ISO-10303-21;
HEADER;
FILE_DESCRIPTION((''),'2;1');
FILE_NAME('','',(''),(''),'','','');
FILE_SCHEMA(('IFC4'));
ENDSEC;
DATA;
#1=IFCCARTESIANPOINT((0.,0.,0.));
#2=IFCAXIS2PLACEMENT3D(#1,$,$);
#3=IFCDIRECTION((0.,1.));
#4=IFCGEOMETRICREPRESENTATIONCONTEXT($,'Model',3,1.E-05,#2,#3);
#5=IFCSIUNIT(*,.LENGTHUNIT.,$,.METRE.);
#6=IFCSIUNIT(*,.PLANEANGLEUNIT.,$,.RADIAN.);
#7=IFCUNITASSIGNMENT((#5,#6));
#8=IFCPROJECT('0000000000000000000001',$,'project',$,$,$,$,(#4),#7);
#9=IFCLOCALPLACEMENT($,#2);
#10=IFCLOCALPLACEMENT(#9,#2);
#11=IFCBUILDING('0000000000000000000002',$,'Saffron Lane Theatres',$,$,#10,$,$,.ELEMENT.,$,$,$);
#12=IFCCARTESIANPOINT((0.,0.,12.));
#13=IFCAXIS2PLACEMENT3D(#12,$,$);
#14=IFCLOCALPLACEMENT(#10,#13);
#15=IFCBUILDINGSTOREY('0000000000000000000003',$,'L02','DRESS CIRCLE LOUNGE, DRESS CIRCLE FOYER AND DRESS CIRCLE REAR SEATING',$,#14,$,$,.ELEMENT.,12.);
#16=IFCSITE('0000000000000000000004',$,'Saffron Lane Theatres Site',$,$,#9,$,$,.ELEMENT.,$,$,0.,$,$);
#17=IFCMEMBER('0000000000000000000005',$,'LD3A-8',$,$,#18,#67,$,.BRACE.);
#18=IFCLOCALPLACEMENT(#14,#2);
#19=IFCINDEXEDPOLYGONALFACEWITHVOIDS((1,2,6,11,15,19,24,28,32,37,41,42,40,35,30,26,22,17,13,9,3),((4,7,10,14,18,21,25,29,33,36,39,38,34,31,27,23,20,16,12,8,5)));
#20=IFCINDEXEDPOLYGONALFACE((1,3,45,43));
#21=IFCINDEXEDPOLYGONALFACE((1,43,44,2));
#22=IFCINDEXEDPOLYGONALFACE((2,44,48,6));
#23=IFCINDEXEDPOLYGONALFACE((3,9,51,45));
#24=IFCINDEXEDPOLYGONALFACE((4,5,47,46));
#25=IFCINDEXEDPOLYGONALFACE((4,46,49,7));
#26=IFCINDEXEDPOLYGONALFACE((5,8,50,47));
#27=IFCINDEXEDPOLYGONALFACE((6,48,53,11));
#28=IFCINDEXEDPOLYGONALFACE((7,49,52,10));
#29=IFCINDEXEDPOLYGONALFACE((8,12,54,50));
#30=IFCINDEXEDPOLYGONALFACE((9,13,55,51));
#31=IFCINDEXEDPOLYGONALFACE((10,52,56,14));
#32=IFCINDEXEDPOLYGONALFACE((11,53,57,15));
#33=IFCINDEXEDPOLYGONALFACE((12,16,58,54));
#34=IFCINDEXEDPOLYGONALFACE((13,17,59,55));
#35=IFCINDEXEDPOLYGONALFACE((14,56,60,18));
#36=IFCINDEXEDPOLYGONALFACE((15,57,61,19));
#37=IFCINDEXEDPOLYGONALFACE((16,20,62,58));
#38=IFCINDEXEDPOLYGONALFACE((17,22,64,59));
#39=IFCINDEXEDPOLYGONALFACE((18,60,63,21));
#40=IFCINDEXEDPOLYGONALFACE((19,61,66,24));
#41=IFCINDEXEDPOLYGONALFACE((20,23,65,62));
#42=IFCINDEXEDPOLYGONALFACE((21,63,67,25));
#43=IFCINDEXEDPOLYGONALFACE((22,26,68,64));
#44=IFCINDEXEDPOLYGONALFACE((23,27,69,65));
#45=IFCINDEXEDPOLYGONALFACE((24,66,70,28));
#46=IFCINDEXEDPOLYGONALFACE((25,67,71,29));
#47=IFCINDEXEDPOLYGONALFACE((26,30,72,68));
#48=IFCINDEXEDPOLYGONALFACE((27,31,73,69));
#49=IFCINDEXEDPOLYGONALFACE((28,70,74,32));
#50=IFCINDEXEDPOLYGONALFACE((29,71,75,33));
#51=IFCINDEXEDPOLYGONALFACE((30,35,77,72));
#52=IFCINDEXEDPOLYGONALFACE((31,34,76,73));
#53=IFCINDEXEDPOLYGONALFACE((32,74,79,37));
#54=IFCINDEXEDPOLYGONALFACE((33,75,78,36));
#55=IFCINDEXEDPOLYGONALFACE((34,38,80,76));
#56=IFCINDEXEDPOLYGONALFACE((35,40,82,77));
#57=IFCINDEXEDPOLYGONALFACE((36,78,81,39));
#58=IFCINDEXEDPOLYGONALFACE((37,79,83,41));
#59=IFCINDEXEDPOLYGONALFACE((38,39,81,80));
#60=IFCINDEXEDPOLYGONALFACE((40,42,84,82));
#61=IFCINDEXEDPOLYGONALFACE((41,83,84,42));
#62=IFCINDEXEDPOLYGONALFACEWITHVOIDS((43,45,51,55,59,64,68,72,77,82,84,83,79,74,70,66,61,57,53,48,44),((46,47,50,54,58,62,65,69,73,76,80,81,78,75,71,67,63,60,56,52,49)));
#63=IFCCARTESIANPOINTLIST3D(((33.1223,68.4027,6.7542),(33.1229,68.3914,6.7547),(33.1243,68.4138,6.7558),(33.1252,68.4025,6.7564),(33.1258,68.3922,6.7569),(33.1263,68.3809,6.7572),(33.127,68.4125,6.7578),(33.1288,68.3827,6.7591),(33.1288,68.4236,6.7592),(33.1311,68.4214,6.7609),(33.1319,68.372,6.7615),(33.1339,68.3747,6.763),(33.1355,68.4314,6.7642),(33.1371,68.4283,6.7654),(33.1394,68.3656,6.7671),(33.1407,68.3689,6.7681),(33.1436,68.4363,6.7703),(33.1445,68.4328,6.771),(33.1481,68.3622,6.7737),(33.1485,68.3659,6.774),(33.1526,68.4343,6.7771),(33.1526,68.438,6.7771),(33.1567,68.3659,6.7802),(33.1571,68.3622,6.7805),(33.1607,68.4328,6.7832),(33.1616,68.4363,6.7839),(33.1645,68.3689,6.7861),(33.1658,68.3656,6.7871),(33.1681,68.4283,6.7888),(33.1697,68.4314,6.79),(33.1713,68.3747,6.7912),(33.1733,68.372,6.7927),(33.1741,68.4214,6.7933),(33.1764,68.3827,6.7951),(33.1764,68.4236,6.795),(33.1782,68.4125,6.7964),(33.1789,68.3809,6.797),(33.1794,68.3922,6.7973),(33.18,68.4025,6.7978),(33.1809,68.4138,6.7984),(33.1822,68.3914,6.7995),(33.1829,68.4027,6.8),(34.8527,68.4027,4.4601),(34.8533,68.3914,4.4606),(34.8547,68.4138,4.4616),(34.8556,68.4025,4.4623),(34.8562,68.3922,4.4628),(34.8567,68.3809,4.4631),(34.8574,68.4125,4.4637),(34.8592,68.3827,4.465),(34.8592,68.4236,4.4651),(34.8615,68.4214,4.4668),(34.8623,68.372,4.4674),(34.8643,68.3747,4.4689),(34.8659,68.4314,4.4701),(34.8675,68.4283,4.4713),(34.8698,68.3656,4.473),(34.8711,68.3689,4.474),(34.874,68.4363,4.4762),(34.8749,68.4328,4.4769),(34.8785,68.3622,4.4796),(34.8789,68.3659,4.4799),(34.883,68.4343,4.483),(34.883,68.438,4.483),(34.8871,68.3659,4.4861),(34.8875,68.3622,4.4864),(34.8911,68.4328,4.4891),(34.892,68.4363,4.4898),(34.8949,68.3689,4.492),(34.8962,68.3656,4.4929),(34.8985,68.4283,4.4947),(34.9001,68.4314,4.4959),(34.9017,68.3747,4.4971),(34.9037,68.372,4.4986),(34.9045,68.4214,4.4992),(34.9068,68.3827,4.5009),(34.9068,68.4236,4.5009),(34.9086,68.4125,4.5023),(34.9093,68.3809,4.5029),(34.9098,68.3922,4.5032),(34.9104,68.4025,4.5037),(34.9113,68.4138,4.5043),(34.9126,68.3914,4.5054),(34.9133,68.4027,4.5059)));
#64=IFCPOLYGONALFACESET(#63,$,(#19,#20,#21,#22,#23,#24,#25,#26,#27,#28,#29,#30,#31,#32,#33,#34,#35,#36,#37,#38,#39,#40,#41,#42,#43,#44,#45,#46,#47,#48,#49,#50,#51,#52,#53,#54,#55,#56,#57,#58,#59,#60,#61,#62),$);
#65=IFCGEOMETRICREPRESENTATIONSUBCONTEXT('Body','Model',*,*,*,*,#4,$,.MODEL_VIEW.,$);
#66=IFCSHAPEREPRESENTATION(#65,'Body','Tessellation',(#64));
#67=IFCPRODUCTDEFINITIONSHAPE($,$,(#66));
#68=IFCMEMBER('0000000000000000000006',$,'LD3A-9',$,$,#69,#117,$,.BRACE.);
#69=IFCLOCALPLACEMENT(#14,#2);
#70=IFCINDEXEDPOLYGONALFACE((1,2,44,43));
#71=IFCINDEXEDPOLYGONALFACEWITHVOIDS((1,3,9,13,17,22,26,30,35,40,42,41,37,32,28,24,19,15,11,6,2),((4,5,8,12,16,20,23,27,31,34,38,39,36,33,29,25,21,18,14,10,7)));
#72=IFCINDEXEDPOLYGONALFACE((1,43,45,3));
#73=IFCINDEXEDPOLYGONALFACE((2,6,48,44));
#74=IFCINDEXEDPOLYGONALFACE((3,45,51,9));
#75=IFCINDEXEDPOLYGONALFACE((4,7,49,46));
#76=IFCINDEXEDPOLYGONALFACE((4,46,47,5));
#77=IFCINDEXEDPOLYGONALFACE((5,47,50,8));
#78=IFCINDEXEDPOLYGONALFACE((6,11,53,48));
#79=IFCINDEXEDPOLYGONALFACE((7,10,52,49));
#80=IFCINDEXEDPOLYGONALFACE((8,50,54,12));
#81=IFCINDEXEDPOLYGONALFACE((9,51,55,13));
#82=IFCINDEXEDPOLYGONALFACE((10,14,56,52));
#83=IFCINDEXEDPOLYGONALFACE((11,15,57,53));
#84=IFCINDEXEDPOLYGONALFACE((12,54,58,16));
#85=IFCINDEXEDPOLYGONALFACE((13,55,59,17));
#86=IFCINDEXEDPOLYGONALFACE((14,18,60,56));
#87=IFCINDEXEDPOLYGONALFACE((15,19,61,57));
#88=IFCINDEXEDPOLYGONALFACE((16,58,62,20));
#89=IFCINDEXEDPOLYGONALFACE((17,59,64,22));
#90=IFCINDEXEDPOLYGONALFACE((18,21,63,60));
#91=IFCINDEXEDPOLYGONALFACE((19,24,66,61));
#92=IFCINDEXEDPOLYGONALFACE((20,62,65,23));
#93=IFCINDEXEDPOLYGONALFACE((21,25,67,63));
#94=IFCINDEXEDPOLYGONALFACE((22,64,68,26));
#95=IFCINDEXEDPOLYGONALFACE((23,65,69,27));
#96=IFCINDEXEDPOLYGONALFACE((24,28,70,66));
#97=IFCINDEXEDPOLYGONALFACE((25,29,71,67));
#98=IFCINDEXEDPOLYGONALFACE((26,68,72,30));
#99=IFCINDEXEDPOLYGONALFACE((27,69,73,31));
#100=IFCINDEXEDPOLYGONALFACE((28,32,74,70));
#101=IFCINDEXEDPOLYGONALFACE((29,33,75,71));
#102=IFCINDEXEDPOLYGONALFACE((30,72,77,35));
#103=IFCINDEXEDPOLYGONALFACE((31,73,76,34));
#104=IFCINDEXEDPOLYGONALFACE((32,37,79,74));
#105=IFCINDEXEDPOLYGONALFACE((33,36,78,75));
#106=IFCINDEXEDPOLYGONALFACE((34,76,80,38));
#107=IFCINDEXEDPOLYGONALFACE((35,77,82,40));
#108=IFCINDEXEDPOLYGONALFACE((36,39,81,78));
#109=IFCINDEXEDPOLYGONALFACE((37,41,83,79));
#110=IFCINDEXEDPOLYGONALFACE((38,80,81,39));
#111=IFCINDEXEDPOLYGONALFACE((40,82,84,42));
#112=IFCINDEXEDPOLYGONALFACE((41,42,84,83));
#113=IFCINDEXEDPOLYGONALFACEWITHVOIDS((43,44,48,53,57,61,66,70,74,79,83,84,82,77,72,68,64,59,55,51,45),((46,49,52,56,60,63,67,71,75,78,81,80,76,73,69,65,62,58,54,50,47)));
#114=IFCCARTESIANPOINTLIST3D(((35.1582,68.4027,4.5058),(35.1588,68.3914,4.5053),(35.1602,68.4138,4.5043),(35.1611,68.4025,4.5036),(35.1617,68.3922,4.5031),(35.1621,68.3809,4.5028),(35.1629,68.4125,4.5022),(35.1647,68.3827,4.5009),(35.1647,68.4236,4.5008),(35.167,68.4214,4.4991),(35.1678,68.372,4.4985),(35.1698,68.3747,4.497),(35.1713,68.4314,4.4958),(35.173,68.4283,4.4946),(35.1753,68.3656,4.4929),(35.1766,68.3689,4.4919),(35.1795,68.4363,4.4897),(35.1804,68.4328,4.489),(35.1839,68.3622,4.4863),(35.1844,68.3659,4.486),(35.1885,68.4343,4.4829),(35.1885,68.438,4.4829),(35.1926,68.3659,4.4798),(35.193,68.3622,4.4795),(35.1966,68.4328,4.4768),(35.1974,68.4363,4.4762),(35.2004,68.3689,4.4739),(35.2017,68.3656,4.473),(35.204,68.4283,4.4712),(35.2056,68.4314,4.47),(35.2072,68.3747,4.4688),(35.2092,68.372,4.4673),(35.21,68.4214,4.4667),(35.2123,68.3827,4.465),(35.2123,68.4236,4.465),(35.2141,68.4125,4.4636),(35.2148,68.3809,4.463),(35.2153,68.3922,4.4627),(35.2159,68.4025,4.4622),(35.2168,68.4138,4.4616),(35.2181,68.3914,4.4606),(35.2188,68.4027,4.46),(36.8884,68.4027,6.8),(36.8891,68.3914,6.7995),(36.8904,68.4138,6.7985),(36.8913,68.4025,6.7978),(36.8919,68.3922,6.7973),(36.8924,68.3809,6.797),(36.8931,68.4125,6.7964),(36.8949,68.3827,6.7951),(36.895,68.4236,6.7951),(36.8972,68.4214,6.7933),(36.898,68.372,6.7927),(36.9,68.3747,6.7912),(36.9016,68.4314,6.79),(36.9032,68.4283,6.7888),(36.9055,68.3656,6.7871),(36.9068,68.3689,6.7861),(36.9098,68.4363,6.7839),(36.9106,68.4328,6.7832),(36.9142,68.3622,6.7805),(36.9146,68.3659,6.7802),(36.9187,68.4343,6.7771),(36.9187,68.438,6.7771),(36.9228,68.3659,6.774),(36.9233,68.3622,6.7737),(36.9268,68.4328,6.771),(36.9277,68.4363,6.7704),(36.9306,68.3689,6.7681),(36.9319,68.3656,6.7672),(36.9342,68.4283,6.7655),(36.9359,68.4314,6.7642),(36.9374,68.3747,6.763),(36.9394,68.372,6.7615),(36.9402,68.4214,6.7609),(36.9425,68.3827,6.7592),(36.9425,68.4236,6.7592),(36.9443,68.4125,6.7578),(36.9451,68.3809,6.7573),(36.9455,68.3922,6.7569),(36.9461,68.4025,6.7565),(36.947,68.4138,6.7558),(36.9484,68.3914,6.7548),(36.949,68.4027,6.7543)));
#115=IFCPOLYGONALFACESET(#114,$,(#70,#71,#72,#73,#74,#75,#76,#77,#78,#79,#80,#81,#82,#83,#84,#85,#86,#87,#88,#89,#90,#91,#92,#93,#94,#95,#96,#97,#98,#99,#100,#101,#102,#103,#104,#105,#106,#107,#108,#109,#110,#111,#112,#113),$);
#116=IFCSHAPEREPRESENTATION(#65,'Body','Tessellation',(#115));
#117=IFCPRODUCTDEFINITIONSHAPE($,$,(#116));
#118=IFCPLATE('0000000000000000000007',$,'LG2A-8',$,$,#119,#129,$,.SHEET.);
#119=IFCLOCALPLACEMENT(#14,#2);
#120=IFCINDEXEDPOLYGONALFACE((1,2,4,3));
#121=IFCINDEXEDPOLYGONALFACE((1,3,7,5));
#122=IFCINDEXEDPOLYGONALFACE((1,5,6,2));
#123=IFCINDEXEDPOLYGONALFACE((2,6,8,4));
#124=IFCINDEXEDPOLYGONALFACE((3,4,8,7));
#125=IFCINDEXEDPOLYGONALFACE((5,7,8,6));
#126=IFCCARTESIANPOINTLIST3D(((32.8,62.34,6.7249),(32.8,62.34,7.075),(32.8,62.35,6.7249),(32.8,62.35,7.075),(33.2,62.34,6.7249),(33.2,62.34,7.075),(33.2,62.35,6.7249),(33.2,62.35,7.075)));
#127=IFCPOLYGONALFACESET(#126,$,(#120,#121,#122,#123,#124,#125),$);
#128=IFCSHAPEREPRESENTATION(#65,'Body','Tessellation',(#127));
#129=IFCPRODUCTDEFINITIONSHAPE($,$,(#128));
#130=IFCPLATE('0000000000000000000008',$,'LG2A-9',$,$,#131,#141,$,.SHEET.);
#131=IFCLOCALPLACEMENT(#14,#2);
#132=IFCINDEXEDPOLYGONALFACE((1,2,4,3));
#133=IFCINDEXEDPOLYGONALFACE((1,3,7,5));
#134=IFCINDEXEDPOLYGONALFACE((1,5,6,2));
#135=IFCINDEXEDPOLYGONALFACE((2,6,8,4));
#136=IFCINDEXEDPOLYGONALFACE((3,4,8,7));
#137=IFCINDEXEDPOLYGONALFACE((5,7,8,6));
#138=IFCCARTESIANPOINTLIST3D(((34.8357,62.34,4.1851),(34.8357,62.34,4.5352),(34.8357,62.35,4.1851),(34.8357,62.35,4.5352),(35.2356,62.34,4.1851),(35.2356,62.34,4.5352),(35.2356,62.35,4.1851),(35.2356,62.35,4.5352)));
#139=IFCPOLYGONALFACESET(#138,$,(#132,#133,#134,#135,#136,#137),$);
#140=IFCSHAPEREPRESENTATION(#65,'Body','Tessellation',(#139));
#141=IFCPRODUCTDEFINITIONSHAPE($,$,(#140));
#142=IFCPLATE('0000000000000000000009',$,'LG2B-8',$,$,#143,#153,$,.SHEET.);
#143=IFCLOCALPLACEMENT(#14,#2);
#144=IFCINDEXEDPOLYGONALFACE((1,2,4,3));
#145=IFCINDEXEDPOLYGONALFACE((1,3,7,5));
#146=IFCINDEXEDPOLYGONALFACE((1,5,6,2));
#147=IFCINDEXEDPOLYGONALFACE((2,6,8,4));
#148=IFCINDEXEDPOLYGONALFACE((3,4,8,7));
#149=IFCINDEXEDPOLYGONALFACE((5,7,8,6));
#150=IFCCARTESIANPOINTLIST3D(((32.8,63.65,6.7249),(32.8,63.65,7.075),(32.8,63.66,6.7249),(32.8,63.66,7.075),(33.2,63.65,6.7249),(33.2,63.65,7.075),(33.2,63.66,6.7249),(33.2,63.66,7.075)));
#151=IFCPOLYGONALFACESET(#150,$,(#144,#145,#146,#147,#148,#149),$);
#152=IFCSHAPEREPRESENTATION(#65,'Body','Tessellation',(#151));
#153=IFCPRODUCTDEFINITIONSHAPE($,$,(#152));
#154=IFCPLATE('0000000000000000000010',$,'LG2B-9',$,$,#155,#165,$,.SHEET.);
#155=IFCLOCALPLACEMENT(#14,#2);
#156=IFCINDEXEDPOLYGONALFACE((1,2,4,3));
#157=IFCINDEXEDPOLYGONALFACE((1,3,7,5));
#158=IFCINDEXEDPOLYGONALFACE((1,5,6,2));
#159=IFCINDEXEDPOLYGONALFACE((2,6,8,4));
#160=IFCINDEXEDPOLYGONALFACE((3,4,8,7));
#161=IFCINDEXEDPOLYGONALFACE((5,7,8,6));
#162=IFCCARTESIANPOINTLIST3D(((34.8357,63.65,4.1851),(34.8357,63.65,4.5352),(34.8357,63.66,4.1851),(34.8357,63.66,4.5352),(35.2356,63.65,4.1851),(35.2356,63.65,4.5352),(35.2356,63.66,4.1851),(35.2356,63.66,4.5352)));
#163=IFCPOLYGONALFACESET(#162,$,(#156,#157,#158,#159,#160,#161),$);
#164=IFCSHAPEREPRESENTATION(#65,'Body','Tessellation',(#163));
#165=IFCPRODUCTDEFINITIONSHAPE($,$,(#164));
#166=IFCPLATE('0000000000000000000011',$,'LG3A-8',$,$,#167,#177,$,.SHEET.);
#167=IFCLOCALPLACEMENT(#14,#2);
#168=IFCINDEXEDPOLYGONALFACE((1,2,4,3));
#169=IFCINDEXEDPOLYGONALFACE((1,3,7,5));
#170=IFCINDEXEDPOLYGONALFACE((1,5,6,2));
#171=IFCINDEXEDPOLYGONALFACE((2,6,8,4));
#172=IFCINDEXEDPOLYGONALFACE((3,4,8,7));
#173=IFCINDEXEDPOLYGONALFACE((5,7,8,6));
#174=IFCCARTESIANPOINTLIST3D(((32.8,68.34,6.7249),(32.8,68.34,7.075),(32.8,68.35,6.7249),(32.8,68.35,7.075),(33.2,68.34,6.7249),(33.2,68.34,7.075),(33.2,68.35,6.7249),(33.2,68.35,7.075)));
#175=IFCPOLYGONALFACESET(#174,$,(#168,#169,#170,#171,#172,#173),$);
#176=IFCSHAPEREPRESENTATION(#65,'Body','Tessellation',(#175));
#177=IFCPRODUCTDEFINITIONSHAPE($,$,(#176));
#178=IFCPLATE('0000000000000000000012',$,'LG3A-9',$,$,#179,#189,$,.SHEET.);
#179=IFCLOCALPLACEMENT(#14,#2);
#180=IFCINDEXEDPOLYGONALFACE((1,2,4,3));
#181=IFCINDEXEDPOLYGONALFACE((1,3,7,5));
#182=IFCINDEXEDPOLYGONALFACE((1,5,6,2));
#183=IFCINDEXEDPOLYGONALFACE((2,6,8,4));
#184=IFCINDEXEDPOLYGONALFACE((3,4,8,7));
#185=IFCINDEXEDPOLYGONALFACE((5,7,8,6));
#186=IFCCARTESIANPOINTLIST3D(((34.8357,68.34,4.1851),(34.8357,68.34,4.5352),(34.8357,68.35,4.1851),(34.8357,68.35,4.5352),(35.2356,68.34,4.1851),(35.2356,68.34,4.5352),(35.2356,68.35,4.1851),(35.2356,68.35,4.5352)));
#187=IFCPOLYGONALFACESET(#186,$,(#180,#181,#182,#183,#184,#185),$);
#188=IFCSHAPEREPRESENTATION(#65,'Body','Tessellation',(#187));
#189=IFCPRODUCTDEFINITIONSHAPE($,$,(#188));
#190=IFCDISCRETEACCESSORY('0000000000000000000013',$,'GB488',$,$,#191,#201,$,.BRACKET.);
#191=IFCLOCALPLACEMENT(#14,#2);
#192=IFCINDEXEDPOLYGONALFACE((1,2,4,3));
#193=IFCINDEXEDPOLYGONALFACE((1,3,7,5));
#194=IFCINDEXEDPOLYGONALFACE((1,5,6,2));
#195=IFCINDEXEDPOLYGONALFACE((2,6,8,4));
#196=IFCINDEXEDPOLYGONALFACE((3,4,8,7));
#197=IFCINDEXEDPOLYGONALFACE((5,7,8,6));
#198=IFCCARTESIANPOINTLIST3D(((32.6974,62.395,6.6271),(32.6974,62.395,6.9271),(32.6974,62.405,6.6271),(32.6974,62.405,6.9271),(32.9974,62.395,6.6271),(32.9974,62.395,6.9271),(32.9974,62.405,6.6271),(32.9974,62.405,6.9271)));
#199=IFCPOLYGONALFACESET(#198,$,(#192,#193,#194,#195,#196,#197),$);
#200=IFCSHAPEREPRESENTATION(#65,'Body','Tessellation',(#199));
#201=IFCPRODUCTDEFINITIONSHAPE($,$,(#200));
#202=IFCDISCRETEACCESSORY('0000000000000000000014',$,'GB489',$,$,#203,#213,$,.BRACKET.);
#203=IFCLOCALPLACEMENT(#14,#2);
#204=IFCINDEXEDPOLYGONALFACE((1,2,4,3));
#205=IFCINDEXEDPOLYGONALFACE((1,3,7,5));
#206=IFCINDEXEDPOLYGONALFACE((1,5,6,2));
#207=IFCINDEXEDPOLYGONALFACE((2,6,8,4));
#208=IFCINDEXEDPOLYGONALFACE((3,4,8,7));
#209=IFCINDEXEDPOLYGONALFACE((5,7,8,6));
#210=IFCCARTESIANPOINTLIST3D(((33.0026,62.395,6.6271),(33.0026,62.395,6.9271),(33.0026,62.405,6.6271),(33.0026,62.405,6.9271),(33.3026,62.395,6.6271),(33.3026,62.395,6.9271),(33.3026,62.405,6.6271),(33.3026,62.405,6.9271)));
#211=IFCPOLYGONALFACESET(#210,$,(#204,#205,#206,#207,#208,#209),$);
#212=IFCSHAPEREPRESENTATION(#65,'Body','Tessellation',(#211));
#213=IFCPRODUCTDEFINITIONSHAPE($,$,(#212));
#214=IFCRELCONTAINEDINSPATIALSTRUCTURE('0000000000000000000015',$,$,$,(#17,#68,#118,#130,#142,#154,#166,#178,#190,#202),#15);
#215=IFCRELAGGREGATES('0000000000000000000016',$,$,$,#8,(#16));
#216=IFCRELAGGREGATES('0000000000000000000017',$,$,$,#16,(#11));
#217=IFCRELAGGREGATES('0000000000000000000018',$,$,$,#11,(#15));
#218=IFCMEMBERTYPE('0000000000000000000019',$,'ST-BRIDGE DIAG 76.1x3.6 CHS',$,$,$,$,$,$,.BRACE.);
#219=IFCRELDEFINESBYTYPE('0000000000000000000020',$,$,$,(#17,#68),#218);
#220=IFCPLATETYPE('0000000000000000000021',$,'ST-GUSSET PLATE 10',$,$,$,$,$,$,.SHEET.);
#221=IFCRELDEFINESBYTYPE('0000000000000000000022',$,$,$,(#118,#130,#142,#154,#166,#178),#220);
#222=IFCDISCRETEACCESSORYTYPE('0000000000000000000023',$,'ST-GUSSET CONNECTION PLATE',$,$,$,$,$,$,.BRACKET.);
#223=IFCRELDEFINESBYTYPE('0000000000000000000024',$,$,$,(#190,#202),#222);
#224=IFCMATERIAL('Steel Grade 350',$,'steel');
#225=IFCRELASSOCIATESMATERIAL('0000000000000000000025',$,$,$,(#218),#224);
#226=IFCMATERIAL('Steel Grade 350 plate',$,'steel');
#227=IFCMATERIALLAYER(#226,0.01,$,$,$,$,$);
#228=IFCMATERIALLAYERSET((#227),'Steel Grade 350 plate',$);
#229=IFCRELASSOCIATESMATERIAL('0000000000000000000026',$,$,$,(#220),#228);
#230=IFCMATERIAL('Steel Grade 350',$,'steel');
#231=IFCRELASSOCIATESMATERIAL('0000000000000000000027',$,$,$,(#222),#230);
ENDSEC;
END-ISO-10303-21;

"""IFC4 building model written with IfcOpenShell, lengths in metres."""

from ifc_helpers import new_model, si_unit, direction, frame, origin, origin_2d, place, context, subcontext, project, spatial, rectangle, hollow_circle, extrude, material, layer, layer_set, material_profile, profile_set, type_object, element, save


model = new_model("IFC4")

# Units and contexts
model_context = context("Model", 3, precision=1e-05, world=origin(), true_north=direction((0.0, 1.0)))
body_context = subcontext(model_context, "Body", "Model", "MODEL_VIEW")
ifc_project = project(units=[si_unit("LENGTHUNIT", "METRE"), si_unit("PLANEANGLEUNIT", "RADIAN")], contexts=[model_context])

# Site, building, storey
site_placement = place(None, origin())
site = spatial("IfcSite", under=ifc_project, at=site_placement, Name="Saffron Lane Theatres Site", CompositionType="ELEMENT", RefElevation=0.0)
building_placement = place(site_placement, origin())
building = spatial("IfcBuilding", under=site, at=building_placement, Name="Saffron Lane Theatres", CompositionType="ELEMENT")
storey_placement = place(building_placement, frame((0.0, 0.0, 12.0)))
storey = spatial("IfcBuildingStorey", under=building, at=storey_placement, Name="L02", Description="DRESS CIRCLE LOUNGE, DRESS CIRCLE FOYER AND DRESS CIRCLE REAR SEATING", CompositionType="ELEMENT", Elevation=12.0)

# Members
ifc_material_1 = material(Name="Steel Grade 350", Category="steel")
ifc_material_profile_1 = material_profile(ifc_material_1, hollow_circle(Radius=0.0381, WallThickness=0.0037, at=origin_2d()))
ifc_profile_set_1 = profile_set([ifc_material_profile_1], Name="Steel Grade 350")
member_type = type_object("IfcMemberType", Name="ST-BRIDGE DIAG 76.1x3.6 CHS", PredefinedType="BRACE", material=ifc_profile_set_1)
for number, where, z_axis, x_axis, name in (
    (1, (33.1526, 68.3999, 6.7771), (0.602186, 0.0, -0.798356), (0.0, 1.0, 0.0), "LD3A-8"),
    (2, (35.1885, 68.3999, 4.4829), (0.602132, 0.0, 0.798396), (0.0, 1.0, 0.0), "LD3A-9"),
):
    element("IfcMember", number, at=place(storey_placement, frame(where, z_axis=z_axis, x_axis=x_axis)), inside=storey, type_object=member_type, Name=name, PredefinedType="BRACE", context=body_context, shape_type="SweptSolid", body=[
        extrude(hollow_circle(Radius=0.0381, WallThickness=0.0037, at=origin_2d()), origin(), (0.0, 0.0, 1.0), 2.8735),
    ])

# Plates
ifc_material_2 = material(Name="Steel Grade 350 plate", Category="steel")
ifc_layer = layer(ifc_material_2, 0.01)
ifc_layer_set = layer_set([ifc_layer], Name="Steel Grade 350 plate")
plate_type = type_object("IfcPlateType", Name="ST-GUSSET PLATE 10", PredefinedType="SHEET", material=ifc_layer_set)
for number, where, z_axis, x_axis, name in (
    (3, (33.0, 62.345, 6.7249), (0.0, 0.0, 1.0), (1.0, 0.0, 0.0), "LG2A-8"),
    (4, (35.0356, 62.345, 4.1851), (0.0, 0.0, 1.0), (1.0, 0.0, 0.0), "LG2A-9"),
    (5, (33.0, 63.655, 6.7249), (0.0, 0.0, 1.0), (1.0, 0.0, 0.0), "LG2B-8"),
    (6, (35.0356, 63.655, 4.1851), (0.0, 0.0, 1.0), (1.0, 0.0, 0.0), "LG2B-9"),
    (7, (33.0, 68.345, 6.7249), (0.0, 0.0, 1.0), (1.0, 0.0, 0.0), "LG3A-8"),
    (8, (35.0356, 68.345, 4.1851), (0.0, 0.0, 1.0), (1.0, 0.0, 0.0), "LG3A-9"),
):
    element("IfcPlate", number, at=place(storey_placement, frame(where, z_axis=z_axis, x_axis=x_axis)), inside=storey, type_object=plate_type, Name=name, PredefinedType="SHEET", context=body_context, shape_type="SweptSolid", body=[
        extrude(rectangle(XDim=0.3999, YDim=0.01, at=origin_2d()), origin(), (0.0, 0.0, 1.0), 0.3501),
    ])

# Discrete accessories
ifc_material_3 = material(Name="Steel Grade 350", Category="steel")
ifc_material_profile_2 = material_profile(ifc_material_3, rectangle(XDim=0.3, YDim=0.3, at=origin_2d()))
ifc_profile_set_2 = profile_set([ifc_material_profile_2], Name="Steel Grade 350")
discrete_accessory_type = type_object("IfcDiscreteAccessoryType", Name="ST-GUSSET CONNECTION PLATE", PredefinedType="BRACKET", material=ifc_profile_set_2)
for number, where, z_axis, x_axis, name in (
    (9, (32.8474, 62.395, 6.7771), (0.0, 1.0, 0.0), (-1.0, 0.0, 0.0), "GB488"),
    (10, (33.1526, 62.395, 6.7771), (0.0, 1.0, 0.0), (-1.0, 0.0, 0.0), "GB489"),
):
    element("IfcDiscreteAccessory", number, at=place(storey_placement, frame(where, z_axis=z_axis, x_axis=x_axis)), inside=storey, type_object=discrete_accessory_type, Name=name, PredefinedType="BRACKET", context=body_context, shape_type="SweptSolid", body=[
        extrude(rectangle(XDim=0.3, YDim=0.3, at=origin_2d()), origin(), (0.0, 0.0, 1.0), 0.01),
    ])

save(model, "model.ifc")
